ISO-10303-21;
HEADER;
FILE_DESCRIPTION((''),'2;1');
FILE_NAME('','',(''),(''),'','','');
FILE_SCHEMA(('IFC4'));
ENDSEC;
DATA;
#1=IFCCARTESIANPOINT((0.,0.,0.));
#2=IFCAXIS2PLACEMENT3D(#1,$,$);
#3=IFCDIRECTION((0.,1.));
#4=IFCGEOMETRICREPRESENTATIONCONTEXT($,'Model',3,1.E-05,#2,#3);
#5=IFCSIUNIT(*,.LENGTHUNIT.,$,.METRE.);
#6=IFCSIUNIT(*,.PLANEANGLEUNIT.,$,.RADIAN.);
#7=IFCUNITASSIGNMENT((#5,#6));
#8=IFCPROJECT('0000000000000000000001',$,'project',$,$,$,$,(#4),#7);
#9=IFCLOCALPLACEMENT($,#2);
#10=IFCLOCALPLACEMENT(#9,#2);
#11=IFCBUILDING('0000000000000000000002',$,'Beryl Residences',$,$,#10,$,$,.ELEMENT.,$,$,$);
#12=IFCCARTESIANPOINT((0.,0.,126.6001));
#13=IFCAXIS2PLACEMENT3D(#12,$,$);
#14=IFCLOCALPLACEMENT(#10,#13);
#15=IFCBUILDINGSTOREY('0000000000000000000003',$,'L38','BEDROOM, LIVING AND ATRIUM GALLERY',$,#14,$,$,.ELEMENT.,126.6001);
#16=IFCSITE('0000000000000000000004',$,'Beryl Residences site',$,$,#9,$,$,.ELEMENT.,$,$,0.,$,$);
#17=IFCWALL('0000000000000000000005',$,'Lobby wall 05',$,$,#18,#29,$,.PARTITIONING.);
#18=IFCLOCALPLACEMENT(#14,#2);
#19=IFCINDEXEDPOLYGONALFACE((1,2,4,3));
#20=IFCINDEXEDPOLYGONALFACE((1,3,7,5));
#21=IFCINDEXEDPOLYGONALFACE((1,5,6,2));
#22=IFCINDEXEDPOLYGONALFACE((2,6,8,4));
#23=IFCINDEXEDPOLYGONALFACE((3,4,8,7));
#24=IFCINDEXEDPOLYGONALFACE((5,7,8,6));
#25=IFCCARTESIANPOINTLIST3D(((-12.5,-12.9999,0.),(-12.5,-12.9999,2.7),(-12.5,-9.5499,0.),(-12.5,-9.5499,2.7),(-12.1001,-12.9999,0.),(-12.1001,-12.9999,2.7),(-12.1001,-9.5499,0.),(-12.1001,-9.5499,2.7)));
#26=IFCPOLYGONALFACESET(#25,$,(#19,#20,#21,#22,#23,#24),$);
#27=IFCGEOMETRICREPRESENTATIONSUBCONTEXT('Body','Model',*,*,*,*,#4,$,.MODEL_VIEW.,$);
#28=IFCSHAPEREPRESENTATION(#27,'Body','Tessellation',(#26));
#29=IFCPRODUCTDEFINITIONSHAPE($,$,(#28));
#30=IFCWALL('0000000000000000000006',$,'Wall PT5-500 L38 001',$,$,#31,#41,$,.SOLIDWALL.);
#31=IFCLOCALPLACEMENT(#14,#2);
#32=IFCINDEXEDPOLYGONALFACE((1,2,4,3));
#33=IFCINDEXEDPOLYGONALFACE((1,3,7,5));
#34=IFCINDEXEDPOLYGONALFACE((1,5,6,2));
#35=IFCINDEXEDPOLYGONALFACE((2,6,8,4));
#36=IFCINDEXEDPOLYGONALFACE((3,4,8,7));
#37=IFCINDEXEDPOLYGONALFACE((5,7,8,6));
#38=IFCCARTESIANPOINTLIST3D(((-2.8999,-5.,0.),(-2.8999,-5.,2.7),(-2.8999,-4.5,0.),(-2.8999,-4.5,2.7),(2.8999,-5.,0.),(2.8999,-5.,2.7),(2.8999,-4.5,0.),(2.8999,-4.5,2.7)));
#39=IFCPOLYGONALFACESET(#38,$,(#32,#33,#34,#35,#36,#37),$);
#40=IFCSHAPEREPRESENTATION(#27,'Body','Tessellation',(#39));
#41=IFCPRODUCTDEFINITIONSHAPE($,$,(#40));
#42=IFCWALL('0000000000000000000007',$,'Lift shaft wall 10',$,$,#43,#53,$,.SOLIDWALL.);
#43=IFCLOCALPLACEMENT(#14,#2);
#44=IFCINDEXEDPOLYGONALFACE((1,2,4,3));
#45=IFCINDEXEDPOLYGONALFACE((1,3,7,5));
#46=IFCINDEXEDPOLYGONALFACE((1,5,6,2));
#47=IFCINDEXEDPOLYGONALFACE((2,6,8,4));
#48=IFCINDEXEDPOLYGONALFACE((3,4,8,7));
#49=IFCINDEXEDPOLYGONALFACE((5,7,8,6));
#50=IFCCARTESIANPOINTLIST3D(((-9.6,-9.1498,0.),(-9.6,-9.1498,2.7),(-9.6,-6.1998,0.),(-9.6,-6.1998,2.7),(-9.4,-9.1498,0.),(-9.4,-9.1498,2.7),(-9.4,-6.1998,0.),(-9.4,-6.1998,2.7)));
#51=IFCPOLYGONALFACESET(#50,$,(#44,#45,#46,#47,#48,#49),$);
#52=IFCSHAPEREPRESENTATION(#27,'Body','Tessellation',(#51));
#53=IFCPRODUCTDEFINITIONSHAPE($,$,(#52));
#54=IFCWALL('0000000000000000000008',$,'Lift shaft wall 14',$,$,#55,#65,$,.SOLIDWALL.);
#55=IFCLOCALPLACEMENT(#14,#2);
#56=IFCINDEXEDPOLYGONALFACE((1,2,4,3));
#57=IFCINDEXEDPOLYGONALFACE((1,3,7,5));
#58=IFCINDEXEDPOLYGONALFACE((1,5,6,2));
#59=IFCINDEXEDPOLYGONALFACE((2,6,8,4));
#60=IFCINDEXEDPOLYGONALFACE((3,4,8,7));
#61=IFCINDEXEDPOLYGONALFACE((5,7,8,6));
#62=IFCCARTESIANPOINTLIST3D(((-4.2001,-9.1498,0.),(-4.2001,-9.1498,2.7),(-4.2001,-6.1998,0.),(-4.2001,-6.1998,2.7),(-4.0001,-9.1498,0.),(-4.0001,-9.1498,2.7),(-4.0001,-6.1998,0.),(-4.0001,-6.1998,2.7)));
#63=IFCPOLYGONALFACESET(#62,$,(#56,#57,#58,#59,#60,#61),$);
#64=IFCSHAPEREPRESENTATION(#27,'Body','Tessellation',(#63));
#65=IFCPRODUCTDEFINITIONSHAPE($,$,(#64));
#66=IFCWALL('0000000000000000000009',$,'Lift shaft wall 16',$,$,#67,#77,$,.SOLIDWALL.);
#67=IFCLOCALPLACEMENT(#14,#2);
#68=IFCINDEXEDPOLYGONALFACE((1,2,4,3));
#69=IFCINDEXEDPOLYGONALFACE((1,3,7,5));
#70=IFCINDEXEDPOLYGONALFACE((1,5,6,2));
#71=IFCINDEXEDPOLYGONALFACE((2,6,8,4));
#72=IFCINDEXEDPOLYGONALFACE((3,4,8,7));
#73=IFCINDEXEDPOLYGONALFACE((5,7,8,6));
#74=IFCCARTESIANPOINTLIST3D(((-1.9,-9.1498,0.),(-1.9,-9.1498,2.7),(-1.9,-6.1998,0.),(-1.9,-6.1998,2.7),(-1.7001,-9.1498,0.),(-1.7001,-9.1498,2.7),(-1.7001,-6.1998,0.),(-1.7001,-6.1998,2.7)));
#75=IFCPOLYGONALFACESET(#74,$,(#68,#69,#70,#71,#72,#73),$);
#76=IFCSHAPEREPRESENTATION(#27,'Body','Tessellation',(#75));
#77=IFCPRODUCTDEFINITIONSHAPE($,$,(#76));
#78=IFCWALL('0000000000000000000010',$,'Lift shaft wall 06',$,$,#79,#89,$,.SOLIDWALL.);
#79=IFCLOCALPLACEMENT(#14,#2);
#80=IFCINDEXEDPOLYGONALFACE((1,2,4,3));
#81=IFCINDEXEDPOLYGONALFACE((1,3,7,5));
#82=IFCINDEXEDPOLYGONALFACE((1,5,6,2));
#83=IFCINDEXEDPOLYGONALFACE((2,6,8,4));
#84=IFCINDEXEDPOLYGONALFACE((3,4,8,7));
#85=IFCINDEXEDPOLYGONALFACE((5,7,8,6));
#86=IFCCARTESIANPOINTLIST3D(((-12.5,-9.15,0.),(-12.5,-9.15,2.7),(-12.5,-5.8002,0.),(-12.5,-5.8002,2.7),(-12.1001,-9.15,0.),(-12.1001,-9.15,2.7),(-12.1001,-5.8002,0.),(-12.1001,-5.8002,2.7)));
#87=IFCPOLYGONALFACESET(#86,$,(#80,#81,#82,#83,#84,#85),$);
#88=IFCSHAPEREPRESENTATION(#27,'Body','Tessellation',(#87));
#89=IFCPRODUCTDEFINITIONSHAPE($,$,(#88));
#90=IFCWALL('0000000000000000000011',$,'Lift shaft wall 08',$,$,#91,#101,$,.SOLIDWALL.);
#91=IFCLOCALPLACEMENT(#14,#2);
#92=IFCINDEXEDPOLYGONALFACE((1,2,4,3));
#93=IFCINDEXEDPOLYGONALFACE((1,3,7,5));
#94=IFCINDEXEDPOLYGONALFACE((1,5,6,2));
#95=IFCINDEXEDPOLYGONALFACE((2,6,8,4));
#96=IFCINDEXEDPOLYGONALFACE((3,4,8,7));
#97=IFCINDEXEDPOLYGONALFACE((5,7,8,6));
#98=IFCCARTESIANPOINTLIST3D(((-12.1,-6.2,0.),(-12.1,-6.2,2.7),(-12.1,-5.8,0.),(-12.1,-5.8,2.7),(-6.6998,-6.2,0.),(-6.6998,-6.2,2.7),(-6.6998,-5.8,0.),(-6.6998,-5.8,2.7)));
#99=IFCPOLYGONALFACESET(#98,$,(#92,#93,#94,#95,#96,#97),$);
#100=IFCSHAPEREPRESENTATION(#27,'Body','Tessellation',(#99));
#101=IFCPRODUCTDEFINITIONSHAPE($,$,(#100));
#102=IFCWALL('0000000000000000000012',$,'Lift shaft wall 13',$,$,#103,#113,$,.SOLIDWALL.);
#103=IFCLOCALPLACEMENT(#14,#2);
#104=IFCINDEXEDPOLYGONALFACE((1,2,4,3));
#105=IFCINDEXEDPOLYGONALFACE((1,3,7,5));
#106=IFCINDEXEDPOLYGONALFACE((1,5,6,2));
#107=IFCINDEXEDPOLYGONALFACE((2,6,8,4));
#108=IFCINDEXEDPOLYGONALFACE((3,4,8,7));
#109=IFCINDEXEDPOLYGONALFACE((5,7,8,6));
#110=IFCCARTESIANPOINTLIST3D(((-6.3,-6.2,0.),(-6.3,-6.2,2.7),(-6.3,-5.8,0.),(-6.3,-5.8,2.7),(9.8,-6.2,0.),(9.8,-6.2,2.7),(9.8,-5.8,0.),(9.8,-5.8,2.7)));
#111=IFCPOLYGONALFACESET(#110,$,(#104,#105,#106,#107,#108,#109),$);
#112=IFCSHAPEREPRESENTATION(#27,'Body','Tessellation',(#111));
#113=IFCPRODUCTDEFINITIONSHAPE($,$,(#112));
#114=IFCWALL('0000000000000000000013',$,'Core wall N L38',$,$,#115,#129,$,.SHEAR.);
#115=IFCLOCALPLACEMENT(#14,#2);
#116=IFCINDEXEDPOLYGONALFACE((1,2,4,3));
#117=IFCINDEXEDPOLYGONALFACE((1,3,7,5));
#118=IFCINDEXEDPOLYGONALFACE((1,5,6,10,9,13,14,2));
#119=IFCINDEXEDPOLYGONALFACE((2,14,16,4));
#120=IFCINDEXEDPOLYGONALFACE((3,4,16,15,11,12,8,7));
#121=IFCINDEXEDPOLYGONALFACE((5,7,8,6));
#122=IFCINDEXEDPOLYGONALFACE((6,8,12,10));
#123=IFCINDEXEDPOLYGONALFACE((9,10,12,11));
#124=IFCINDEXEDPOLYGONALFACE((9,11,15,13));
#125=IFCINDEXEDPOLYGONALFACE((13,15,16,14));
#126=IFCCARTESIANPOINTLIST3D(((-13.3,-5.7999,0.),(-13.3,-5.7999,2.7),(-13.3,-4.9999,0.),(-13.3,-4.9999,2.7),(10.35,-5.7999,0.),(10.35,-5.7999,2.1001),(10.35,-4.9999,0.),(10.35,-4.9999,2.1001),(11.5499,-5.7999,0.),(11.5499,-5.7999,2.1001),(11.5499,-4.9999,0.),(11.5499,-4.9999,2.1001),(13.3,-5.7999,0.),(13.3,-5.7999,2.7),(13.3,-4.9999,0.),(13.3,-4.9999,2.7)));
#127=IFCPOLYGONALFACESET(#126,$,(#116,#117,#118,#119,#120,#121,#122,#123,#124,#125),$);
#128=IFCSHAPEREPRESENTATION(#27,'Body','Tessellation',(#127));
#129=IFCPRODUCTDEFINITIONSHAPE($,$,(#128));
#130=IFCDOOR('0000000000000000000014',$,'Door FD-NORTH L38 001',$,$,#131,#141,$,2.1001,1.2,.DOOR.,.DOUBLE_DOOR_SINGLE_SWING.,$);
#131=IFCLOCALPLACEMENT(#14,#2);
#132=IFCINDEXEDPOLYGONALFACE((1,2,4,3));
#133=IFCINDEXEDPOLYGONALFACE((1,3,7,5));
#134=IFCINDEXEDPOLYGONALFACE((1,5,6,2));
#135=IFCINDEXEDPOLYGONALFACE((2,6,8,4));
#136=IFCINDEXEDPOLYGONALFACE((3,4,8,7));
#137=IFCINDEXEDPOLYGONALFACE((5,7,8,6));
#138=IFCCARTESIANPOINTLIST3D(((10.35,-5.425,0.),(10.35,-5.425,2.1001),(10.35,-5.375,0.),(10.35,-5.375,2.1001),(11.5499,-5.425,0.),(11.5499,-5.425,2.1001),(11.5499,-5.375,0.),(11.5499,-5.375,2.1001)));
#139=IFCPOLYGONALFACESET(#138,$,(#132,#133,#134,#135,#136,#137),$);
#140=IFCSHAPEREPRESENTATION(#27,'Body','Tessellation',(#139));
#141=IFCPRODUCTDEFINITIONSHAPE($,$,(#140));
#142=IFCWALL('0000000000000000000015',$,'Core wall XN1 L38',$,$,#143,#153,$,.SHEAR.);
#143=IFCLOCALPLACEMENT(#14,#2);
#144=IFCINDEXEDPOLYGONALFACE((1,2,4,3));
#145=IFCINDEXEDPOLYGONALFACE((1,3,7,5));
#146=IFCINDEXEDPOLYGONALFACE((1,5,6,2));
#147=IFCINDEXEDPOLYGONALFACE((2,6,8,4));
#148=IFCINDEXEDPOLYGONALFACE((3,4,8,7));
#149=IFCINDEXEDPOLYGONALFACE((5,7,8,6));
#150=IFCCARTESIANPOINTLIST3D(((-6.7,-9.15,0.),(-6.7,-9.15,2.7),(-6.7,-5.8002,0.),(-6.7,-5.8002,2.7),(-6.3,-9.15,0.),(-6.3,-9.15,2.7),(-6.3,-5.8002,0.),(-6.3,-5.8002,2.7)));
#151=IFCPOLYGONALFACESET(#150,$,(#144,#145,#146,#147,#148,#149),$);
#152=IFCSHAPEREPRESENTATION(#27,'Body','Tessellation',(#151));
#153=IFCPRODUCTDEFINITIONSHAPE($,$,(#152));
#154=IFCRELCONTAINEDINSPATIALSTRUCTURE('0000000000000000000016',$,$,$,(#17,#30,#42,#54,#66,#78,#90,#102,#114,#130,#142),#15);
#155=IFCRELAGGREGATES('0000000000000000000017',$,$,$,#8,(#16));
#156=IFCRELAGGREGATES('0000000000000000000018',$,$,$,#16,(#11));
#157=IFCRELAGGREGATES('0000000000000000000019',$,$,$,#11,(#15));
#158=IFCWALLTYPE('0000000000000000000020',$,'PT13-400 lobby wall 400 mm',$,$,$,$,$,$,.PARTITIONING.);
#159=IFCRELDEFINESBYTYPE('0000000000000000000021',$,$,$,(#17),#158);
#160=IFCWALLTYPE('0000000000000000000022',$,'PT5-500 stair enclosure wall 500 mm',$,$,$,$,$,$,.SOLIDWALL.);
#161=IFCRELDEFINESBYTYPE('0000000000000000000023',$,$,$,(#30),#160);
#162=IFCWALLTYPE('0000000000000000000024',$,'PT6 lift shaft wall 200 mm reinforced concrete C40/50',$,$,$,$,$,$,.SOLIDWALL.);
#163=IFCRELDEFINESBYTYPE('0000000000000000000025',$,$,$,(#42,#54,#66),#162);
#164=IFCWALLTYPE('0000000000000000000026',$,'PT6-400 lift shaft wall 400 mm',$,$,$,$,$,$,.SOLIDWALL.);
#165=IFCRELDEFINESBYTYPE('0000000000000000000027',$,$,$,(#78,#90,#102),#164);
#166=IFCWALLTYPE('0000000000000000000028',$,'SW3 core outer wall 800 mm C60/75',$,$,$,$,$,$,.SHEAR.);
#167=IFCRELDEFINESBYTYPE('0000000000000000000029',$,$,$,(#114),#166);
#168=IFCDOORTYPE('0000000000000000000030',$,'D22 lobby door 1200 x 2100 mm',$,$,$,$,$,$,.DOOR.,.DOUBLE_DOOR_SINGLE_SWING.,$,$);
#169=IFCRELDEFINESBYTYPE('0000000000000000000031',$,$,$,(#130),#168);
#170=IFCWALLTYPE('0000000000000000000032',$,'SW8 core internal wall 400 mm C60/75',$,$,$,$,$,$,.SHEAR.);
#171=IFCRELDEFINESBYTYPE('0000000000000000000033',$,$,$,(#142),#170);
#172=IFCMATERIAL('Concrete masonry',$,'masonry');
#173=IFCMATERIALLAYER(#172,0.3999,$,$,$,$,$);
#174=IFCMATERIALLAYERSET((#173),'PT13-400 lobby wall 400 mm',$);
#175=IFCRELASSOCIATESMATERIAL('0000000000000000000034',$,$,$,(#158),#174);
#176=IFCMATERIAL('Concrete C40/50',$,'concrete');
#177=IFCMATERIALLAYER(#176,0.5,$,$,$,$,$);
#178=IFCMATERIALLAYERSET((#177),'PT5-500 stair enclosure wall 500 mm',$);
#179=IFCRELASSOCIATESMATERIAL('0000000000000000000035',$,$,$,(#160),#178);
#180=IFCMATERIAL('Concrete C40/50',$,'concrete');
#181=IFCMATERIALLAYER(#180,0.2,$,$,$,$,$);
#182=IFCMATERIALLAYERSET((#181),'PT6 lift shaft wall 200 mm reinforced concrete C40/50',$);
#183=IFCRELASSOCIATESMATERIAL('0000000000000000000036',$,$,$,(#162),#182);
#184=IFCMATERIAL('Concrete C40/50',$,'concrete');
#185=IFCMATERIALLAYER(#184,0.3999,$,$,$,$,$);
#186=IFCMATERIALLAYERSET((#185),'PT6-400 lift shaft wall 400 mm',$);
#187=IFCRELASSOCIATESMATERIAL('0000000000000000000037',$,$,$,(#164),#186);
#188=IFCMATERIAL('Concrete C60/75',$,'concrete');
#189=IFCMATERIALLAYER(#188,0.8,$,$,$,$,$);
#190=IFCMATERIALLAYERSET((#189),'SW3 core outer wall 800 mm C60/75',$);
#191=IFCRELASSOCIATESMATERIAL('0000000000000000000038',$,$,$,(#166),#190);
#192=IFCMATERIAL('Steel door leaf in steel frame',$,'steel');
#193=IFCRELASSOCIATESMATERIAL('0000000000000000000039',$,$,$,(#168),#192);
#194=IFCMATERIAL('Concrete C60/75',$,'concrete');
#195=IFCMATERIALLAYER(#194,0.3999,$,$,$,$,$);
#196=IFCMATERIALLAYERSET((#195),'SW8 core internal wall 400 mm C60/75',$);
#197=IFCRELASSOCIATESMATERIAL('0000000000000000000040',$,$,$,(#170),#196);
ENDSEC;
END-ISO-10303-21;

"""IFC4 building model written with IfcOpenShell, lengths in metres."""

from ifc_helpers import new_model, si_unit, direction, frame, frame_2d, origin, place, context, subcontext, project, spatial, rectangle, extrude, material, layer, layer_set, type_object, element, fill, save


model = new_model("IFC4")

# Units and contexts
model_context = context("Model", 3, precision=1e-05, world=origin(), true_north=direction((0.0, 1.0)))
body_context = subcontext(model_context, "Body", "Model", "MODEL_VIEW")
ifc_project = project(units=[si_unit("LENGTHUNIT", "METRE"), si_unit("PLANEANGLEUNIT", "RADIAN")], contexts=[model_context])

# Site, building, storey
site_placement = place(None, origin())
site = spatial("IfcSite", under=ifc_project, at=site_placement, Name="Beryl Residences site", CompositionType="ELEMENT", RefElevation=0.0)
building_placement = place(site_placement, origin())
building = spatial("IfcBuilding", under=site, at=building_placement, Name="Beryl Residences", CompositionType="ELEMENT")
storey_placement = place(building_placement, frame((0.0, 0.0, 126.6001)))
storey = spatial("IfcBuildingStorey", under=building, at=storey_placement, Name="L38", Description="BEDROOM, LIVING AND ATRIUM GALLERY", CompositionType="ELEMENT", Elevation=126.6001)

# Walls
ifc_material_1 = material(Name="Concrete masonry", Category="masonry")
ifc_layer_1 = layer(ifc_material_1, 0.3999)
ifc_layer_set_1 = layer_set([ifc_layer_1], Name="PT13-400 lobby wall 400 mm")
wall_type_1 = type_object("IfcWallType", Name="PT13-400 lobby wall 400 mm", PredefinedType="PARTITIONING", material=ifc_layer_set_1)
wall_1_placement = place(storey_placement, frame((-12.3, -13.0, 0.0), z_axis=(0.0, 0.0, 1.0), x_axis=(0.0, 1.0, 0.0)))
element("IfcWall", 1, at=wall_1_placement, inside=storey, type_object=wall_type_1, Name="Lobby wall 05", PredefinedType="PARTITIONING", context=body_context, shape_type="SweptSolid", body=[
    extrude(rectangle(XDim=3.45, YDim=0.3999, at=frame_2d((1.7251, 0.0))), origin(), (0.0, 0.0, 1.0), 2.7),
])
ifc_material_2 = material(Name="Concrete C40/50", Category="concrete")
ifc_layer_2 = layer(ifc_material_2, 0.5)
ifc_layer_set_2 = layer_set([ifc_layer_2], Name="PT5-500 stair enclosure wall 500 mm")
wall_type_2 = type_object("IfcWallType", Name="PT5-500 stair enclosure wall 500 mm", PredefinedType="SOLIDWALL", material=ifc_layer_set_2)
wall_2_placement = place(storey_placement, frame((-2.8999, -4.75, 0.0), z_axis=(0.0, 0.0, 1.0), x_axis=(1.0, 0.0, 0.0)))
element("IfcWall", 2, at=wall_2_placement, inside=storey, type_object=wall_type_2, Name="Wall PT5-500 L38 001", PredefinedType="SOLIDWALL", context=body_context, shape_type="SweptSolid", body=[
    extrude(rectangle(XDim=5.7998, YDim=0.5, at=frame_2d((2.8999, 0.0))), origin(), (0.0, 0.0, 1.0), 2.7),
])
ifc_material_3 = material(Name="Concrete C40/50", Category="concrete")
ifc_layer_3 = layer(ifc_material_3, 0.2)
ifc_layer_set_3 = layer_set([ifc_layer_3], Name="PT6 lift shaft wall 200 mm reinforced concrete C40/50")
wall_type_3 = type_object("IfcWallType", Name="PT6 lift shaft wall 200 mm reinforced concrete C40/50", PredefinedType="SOLIDWALL", material=ifc_layer_set_3)
for number, where, z_axis, x_axis, name in (
    (3, (-9.5, -9.1499, 0.0), (0.0, 0.0, 1.0), (0.0, 1.0, 0.0), "Lift shaft wall 10"),
    (4, (-4.1001, -9.1499, 0.0), (0.0, 0.0, 1.0), (0.0, 1.0, 0.0), "Lift shaft wall 14"),
    (5, (-1.8, -9.1499, 0.0), (0.0, 0.0, 1.0), (0.0, 1.0, 0.0), "Lift shaft wall 16"),
):
    element("IfcWall", number, at=place(storey_placement, frame(where, z_axis=z_axis, x_axis=x_axis)), inside=storey, type_object=wall_type_3, Name=name, PredefinedType="SOLIDWALL", context=body_context, shape_type="SweptSolid", body=[
        extrude(rectangle(XDim=2.95, YDim=0.2, at=frame_2d((1.4751, 0.0))), origin(), (0.0, 0.0, 1.0), 2.7),
    ])
ifc_material_4 = material(Name="Concrete C40/50", Category="concrete")
ifc_layer_4 = layer(ifc_material_4, 0.3999)
ifc_layer_set_4 = layer_set([ifc_layer_4], Name="PT6-400 lift shaft wall 400 mm")
wall_type_4 = type_object("IfcWallType", Name="PT6-400 lift shaft wall 400 mm", PredefinedType="SOLIDWALL", material=ifc_layer_set_4)
wall_3_placement = place(storey_placement, frame((-12.3, -9.1499, 0.0), z_axis=(0.0, 0.0, 1.0), x_axis=(0.0, 1.0, 0.0)))
element("IfcWall", 6, at=wall_3_placement, inside=storey, type_object=wall_type_4, Name="Lift shaft wall 06", PredefinedType="SOLIDWALL", context=body_context, shape_type="SweptSolid", body=[
    extrude(rectangle(XDim=3.3499, YDim=0.3999, at=frame_2d((1.6748, 0.0))), origin(), (0.0, 0.0, 1.0), 2.7),
])
wall_4_placement = place(storey_placement, frame((-12.1001, -6.0, 0.0), z_axis=(0.0, 0.0, 1.0), x_axis=(1.0, 0.0, 0.0)))
element("IfcWall", 7, at=wall_4_placement, inside=storey, type_object=wall_type_4, Name="Lift shaft wall 08", PredefinedType="SOLIDWALL", context=body_context, shape_type="SweptSolid", body=[
    extrude(rectangle(XDim=5.4001, YDim=0.3999, at=frame_2d((2.7002, 0.0))), origin(), (0.0, 0.0, 1.0), 2.7),
])
wall_5_placement = place(storey_placement, frame((-6.3, -6.0, 0.0), z_axis=(0.0, 0.0, 1.0), x_axis=(1.0, 0.0, 0.0)))
element("IfcWall", 8, at=wall_5_placement, inside=storey, type_object=wall_type_4, Name="Lift shaft wall 13", PredefinedType="SOLIDWALL", context=body_context, shape_type="SweptSolid", body=[
    extrude(rectangle(XDim=16.1001, YDim=0.3999, at=frame_2d((8.05, 0.0))), origin(), (0.0, 0.0, 1.0), 2.7),
])

# Wall, opening, door
ifc_material_5 = material(Name="Concrete C60/75", Category="concrete")
ifc_layer_5 = layer(ifc_material_5, 0.8)
ifc_layer_set_5 = layer_set([ifc_layer_5], Name="SW3 core outer wall 800 mm C60/75")
wall_type_5 = type_object("IfcWallType", Name="SW3 core outer wall 800 mm C60/75", PredefinedType="SHEAR", material=ifc_layer_set_5)
wall_6_placement = place(storey_placement, frame((-13.3, -5.3999, 0.0), z_axis=(0.0, 0.0, 1.0), x_axis=(1.0, 0.0, 0.0)))
wall_6 = element("IfcWall", 9, at=wall_6_placement, inside=storey, type_object=wall_type_5, Name="Core wall N L38", PredefinedType="SHEAR", context=body_context, shape_type="SweptSolid", body=[
    extrude(rectangle(XDim=26.6001, YDim=0.8, at=frame_2d((13.3, 0.0))), origin(), (0.0, 0.0, 1.0), 2.7),
])
opening_1_placement = place(wall_6_placement, frame((23.6499, 0.0, 0.0)))
opening_1 = element("IfcOpeningElement", 10, at=opening_1_placement, cuts=wall_6, PredefinedType="OPENING", context=body_context, shape_type="SweptSolid", body=[
    extrude(rectangle(XDim=1.2, YDim=2.1001, at=frame_2d((0.6001, 1.05))), frame((0.0, 0.4099, 0.0), z_axis=(0.0, -1.0, 0.0), x_axis=(1.0, 0.0, 0.0)), (0.0, 0.0, 1.0), 0.8201),
])
ifc_material_6 = material(Name="Steel door leaf in steel frame", Category="steel")
door_type_1 = type_object("IfcDoorType", Name="D22 lobby door 1200 x 2100 mm", OperationType="DOUBLE_DOOR_SINGLE_SWING", PredefinedType="DOOR", material=ifc_material_6)
door_1_placement = place(opening_1_placement, origin())
door_1 = element("IfcDoor", 11, at=door_1_placement, inside=storey, type_object=door_type_1, Name="Door FD-NORTH L38 001", OperationType="DOUBLE_DOOR_SINGLE_SWING", OverallHeight=2.1001, OverallWidth=1.2, PredefinedType="DOOR", context=body_context, shape_type="SweptSolid", body=[
    extrude(rectangle(XDim=1.2, YDim=2.1001, at=frame_2d((0.6001, 1.05))), frame((0.0, 0.0249, 0.0), z_axis=(0.0, -1.0, 0.0), x_axis=(1.0, 0.0, 0.0)), (0.0, 0.0, 1.0), 0.05),
])
fill(opening_1, door_1)

# Shared definitions
ifc_material_7 = material(Name="Concrete C60/75", Category="concrete")
ifc_layer_6 = layer(ifc_material_7, 0.3999)
ifc_layer_set_6 = layer_set([ifc_layer_6], Name="SW8 core internal wall 400 mm C60/75")
wall_type_6 = type_object("IfcWallType", Name="SW8 core internal wall 400 mm C60/75", PredefinedType="SHEAR", material=ifc_layer_set_6)

# Wall
wall_7_placement = place(storey_placement, frame((-6.5, -9.1499, 0.0), z_axis=(0.0, 0.0, 1.0), x_axis=(0.0, 1.0, 0.0)))
element("IfcWall", 12, at=wall_7_placement, inside=storey, type_object=wall_type_6, Name="Core wall XN1 L38", PredefinedType="SHEAR", context=body_context, shape_type="SweptSolid", body=[
    extrude(rectangle(XDim=3.3499, YDim=0.3999, at=frame_2d((1.6748, 0.0))), origin(), (0.0, 0.0, 1.0), 2.7),
])

save(model, "model.ifc")
